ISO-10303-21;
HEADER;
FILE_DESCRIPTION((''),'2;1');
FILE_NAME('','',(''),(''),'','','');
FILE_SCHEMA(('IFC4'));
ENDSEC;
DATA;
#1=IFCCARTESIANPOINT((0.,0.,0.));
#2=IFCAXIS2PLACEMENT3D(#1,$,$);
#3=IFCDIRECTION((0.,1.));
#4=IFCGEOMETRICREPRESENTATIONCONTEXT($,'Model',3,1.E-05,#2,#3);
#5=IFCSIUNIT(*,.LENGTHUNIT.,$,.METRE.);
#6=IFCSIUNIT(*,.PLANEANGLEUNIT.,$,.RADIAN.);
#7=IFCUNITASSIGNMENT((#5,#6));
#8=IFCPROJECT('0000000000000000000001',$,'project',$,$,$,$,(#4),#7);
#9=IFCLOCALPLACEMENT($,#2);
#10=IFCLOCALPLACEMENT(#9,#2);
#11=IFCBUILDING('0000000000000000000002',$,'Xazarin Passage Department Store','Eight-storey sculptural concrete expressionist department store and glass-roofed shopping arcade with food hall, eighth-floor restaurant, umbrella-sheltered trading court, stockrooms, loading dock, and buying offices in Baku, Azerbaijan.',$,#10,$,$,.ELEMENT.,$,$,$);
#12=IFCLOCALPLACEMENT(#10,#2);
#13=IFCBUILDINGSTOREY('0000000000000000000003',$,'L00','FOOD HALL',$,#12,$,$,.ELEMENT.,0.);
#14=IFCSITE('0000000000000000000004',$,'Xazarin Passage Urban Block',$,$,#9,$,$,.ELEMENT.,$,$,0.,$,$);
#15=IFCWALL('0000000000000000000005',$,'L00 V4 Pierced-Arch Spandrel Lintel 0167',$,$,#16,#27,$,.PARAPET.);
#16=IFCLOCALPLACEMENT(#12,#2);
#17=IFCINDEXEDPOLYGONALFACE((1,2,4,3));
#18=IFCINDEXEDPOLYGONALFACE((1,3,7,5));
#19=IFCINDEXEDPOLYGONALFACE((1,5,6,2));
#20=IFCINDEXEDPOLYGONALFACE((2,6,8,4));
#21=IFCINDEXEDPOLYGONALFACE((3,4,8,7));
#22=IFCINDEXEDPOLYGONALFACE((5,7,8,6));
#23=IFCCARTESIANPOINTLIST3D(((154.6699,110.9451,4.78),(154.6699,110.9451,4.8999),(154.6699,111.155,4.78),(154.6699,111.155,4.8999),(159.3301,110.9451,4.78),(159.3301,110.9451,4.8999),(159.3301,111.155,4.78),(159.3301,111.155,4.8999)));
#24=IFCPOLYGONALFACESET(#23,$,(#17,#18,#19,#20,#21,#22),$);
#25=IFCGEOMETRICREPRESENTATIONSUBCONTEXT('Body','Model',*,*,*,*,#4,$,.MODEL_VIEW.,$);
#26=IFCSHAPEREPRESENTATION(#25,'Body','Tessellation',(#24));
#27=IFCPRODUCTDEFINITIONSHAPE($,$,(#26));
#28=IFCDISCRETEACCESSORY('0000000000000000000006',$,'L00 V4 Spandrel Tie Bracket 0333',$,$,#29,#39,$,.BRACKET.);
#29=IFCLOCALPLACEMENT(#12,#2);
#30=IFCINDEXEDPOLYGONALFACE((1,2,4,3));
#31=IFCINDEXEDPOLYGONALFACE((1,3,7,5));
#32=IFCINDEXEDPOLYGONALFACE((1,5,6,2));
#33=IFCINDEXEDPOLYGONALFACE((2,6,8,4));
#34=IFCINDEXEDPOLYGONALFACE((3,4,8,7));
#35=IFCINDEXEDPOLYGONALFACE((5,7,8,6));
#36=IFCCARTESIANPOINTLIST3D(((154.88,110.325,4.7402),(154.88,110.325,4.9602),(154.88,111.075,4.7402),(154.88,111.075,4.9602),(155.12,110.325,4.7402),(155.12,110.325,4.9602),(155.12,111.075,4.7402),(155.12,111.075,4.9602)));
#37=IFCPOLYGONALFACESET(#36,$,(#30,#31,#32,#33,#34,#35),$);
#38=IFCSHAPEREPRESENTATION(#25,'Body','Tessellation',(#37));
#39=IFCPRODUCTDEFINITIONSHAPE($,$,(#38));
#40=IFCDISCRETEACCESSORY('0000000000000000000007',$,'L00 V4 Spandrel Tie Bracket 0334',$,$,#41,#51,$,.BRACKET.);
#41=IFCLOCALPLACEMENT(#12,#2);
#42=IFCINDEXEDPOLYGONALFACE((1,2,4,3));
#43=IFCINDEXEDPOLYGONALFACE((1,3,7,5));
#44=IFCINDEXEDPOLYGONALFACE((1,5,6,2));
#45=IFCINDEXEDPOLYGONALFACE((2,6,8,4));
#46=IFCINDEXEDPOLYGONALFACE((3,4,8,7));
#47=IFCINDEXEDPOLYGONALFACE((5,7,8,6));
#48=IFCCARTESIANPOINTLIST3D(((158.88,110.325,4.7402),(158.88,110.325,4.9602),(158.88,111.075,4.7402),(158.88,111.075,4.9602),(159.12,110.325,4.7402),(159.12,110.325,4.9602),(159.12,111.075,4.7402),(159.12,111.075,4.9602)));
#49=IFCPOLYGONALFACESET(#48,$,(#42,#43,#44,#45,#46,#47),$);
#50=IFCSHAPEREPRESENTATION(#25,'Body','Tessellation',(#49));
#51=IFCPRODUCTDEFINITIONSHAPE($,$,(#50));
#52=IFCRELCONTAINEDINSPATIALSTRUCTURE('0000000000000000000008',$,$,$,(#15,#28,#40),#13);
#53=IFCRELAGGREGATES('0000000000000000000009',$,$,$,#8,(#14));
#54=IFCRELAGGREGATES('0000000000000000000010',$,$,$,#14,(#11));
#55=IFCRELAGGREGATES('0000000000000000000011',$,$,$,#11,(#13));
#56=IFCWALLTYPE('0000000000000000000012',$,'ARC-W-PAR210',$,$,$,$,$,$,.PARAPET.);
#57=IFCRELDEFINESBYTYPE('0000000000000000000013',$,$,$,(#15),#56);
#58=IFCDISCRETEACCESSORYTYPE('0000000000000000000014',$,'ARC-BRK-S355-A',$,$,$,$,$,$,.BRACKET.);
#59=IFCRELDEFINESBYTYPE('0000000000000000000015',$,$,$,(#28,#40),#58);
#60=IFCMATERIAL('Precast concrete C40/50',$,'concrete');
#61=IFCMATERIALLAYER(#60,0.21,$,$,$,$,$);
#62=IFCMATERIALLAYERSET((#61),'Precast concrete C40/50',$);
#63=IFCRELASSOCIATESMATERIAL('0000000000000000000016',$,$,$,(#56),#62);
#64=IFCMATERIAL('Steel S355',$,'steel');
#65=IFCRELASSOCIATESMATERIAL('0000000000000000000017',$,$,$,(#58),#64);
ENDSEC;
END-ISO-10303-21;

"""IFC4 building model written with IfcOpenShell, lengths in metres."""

from ifc_helpers import new_model, si_unit, direction, frame, frame_2d, origin, origin_2d, place, context, subcontext, project, spatial, rectangle, extrude, material, layer, layer_set, type_object, element, save


model = new_model("IFC4")

# Units and contexts
model_context = context("Model", 3, precision=1e-05, world=origin(), true_north=direction((0.0, 1.0)))
body_context = subcontext(model_context, "Body", "Model", "MODEL_VIEW")
ifc_project = project(units=[si_unit("LENGTHUNIT", "METRE"), si_unit("PLANEANGLEUNIT", "RADIAN")], contexts=[model_context])

# Site, building, storey
site_placement = place(None, origin())
site = spatial("IfcSite", under=ifc_project, at=site_placement, Name="Xazarin Passage Urban Block", CompositionType="ELEMENT", RefElevation=0.0)
building_placement = place(site_placement, origin())
building = spatial("IfcBuilding", under=site, at=building_placement, Name="Xazarin Passage Department Store", Description="Eight-storey sculptural concrete expressionist department store and glass-roofed shopping arcade with food hall, eighth-floor restaurant, umbrella-sheltered trading court, stockrooms, loading dock, and buying offices in Baku, Azerbaijan.", CompositionType="ELEMENT")
storey_placement = place(building_placement, origin())
storey = spatial("IfcBuildingStorey", under=building, at=storey_placement, Name="L00", Description="FOOD HALL", CompositionType="ELEMENT", Elevation=0.0)

# Shared definitions
ifc_material_1 = material(Name="Precast concrete C40/50", Category="concrete")

# Shared definitions
ifc_material_2 = material(Name="Steel S355", Category="steel")

# Wall
ifc_layer_1 = layer(ifc_material_1, 0.21)
ifc_layer_set_1 = layer_set([ifc_layer_1], Name="Precast concrete C40/50")
wall_type_1 = type_object("IfcWallType", Name="ARC-W-PAR210", PredefinedType="PARAPET", material=ifc_layer_set_1)
wall_1_placement = place(storey_placement, frame((154.6699, 111.05, 4.78), z_axis=(0.0, 0.0, 1.0), x_axis=(1.0, 0.0, 0.0)))
element("IfcWall", 1, at=wall_1_placement, inside=storey, type_object=wall_type_1, Name="L00 V4 Pierced-Arch Spandrel Lintel 0167", PredefinedType="PARAPET", context=body_context, shape_type="SweptSolid", body=[
    extrude(rectangle(XDim=4.6602, YDim=0.21, at=frame_2d((2.3301, 0.0))), origin(), (0.0, 0.0, 1.0), 0.1199),
])

# Discrete accessories
discrete_accessory_type = type_object("IfcDiscreteAccessoryType", Name="ARC-BRK-S355-A", PredefinedType="BRACKET", material=ifc_material_2)
for number, where, z_axis, x_axis, name in (
    (2, (155.0, 110.7, 4.7402), (0.0, 0.0, 1.0), (1.0, 0.0, 0.0), "L00 V4 Spandrel Tie Bracket 0333"),
    (3, (159.0, 110.7, 4.7402), (0.0, 0.0, 1.0), (1.0, 0.0, 0.0), "L00 V4 Spandrel Tie Bracket 0334"),
):
    element("IfcDiscreteAccessory", number, at=place(storey_placement, frame(where, z_axis=z_axis, x_axis=x_axis)), inside=storey, type_object=discrete_accessory_type, Name=name, PredefinedType="BRACKET", context=body_context, shape_type="SweptSolid", body=[
        extrude(rectangle(XDim=0.24, YDim=0.75, at=origin_2d()), origin(), (0.0, 0.0, 1.0), 0.22),
    ])

save(model, "model.ifc")
